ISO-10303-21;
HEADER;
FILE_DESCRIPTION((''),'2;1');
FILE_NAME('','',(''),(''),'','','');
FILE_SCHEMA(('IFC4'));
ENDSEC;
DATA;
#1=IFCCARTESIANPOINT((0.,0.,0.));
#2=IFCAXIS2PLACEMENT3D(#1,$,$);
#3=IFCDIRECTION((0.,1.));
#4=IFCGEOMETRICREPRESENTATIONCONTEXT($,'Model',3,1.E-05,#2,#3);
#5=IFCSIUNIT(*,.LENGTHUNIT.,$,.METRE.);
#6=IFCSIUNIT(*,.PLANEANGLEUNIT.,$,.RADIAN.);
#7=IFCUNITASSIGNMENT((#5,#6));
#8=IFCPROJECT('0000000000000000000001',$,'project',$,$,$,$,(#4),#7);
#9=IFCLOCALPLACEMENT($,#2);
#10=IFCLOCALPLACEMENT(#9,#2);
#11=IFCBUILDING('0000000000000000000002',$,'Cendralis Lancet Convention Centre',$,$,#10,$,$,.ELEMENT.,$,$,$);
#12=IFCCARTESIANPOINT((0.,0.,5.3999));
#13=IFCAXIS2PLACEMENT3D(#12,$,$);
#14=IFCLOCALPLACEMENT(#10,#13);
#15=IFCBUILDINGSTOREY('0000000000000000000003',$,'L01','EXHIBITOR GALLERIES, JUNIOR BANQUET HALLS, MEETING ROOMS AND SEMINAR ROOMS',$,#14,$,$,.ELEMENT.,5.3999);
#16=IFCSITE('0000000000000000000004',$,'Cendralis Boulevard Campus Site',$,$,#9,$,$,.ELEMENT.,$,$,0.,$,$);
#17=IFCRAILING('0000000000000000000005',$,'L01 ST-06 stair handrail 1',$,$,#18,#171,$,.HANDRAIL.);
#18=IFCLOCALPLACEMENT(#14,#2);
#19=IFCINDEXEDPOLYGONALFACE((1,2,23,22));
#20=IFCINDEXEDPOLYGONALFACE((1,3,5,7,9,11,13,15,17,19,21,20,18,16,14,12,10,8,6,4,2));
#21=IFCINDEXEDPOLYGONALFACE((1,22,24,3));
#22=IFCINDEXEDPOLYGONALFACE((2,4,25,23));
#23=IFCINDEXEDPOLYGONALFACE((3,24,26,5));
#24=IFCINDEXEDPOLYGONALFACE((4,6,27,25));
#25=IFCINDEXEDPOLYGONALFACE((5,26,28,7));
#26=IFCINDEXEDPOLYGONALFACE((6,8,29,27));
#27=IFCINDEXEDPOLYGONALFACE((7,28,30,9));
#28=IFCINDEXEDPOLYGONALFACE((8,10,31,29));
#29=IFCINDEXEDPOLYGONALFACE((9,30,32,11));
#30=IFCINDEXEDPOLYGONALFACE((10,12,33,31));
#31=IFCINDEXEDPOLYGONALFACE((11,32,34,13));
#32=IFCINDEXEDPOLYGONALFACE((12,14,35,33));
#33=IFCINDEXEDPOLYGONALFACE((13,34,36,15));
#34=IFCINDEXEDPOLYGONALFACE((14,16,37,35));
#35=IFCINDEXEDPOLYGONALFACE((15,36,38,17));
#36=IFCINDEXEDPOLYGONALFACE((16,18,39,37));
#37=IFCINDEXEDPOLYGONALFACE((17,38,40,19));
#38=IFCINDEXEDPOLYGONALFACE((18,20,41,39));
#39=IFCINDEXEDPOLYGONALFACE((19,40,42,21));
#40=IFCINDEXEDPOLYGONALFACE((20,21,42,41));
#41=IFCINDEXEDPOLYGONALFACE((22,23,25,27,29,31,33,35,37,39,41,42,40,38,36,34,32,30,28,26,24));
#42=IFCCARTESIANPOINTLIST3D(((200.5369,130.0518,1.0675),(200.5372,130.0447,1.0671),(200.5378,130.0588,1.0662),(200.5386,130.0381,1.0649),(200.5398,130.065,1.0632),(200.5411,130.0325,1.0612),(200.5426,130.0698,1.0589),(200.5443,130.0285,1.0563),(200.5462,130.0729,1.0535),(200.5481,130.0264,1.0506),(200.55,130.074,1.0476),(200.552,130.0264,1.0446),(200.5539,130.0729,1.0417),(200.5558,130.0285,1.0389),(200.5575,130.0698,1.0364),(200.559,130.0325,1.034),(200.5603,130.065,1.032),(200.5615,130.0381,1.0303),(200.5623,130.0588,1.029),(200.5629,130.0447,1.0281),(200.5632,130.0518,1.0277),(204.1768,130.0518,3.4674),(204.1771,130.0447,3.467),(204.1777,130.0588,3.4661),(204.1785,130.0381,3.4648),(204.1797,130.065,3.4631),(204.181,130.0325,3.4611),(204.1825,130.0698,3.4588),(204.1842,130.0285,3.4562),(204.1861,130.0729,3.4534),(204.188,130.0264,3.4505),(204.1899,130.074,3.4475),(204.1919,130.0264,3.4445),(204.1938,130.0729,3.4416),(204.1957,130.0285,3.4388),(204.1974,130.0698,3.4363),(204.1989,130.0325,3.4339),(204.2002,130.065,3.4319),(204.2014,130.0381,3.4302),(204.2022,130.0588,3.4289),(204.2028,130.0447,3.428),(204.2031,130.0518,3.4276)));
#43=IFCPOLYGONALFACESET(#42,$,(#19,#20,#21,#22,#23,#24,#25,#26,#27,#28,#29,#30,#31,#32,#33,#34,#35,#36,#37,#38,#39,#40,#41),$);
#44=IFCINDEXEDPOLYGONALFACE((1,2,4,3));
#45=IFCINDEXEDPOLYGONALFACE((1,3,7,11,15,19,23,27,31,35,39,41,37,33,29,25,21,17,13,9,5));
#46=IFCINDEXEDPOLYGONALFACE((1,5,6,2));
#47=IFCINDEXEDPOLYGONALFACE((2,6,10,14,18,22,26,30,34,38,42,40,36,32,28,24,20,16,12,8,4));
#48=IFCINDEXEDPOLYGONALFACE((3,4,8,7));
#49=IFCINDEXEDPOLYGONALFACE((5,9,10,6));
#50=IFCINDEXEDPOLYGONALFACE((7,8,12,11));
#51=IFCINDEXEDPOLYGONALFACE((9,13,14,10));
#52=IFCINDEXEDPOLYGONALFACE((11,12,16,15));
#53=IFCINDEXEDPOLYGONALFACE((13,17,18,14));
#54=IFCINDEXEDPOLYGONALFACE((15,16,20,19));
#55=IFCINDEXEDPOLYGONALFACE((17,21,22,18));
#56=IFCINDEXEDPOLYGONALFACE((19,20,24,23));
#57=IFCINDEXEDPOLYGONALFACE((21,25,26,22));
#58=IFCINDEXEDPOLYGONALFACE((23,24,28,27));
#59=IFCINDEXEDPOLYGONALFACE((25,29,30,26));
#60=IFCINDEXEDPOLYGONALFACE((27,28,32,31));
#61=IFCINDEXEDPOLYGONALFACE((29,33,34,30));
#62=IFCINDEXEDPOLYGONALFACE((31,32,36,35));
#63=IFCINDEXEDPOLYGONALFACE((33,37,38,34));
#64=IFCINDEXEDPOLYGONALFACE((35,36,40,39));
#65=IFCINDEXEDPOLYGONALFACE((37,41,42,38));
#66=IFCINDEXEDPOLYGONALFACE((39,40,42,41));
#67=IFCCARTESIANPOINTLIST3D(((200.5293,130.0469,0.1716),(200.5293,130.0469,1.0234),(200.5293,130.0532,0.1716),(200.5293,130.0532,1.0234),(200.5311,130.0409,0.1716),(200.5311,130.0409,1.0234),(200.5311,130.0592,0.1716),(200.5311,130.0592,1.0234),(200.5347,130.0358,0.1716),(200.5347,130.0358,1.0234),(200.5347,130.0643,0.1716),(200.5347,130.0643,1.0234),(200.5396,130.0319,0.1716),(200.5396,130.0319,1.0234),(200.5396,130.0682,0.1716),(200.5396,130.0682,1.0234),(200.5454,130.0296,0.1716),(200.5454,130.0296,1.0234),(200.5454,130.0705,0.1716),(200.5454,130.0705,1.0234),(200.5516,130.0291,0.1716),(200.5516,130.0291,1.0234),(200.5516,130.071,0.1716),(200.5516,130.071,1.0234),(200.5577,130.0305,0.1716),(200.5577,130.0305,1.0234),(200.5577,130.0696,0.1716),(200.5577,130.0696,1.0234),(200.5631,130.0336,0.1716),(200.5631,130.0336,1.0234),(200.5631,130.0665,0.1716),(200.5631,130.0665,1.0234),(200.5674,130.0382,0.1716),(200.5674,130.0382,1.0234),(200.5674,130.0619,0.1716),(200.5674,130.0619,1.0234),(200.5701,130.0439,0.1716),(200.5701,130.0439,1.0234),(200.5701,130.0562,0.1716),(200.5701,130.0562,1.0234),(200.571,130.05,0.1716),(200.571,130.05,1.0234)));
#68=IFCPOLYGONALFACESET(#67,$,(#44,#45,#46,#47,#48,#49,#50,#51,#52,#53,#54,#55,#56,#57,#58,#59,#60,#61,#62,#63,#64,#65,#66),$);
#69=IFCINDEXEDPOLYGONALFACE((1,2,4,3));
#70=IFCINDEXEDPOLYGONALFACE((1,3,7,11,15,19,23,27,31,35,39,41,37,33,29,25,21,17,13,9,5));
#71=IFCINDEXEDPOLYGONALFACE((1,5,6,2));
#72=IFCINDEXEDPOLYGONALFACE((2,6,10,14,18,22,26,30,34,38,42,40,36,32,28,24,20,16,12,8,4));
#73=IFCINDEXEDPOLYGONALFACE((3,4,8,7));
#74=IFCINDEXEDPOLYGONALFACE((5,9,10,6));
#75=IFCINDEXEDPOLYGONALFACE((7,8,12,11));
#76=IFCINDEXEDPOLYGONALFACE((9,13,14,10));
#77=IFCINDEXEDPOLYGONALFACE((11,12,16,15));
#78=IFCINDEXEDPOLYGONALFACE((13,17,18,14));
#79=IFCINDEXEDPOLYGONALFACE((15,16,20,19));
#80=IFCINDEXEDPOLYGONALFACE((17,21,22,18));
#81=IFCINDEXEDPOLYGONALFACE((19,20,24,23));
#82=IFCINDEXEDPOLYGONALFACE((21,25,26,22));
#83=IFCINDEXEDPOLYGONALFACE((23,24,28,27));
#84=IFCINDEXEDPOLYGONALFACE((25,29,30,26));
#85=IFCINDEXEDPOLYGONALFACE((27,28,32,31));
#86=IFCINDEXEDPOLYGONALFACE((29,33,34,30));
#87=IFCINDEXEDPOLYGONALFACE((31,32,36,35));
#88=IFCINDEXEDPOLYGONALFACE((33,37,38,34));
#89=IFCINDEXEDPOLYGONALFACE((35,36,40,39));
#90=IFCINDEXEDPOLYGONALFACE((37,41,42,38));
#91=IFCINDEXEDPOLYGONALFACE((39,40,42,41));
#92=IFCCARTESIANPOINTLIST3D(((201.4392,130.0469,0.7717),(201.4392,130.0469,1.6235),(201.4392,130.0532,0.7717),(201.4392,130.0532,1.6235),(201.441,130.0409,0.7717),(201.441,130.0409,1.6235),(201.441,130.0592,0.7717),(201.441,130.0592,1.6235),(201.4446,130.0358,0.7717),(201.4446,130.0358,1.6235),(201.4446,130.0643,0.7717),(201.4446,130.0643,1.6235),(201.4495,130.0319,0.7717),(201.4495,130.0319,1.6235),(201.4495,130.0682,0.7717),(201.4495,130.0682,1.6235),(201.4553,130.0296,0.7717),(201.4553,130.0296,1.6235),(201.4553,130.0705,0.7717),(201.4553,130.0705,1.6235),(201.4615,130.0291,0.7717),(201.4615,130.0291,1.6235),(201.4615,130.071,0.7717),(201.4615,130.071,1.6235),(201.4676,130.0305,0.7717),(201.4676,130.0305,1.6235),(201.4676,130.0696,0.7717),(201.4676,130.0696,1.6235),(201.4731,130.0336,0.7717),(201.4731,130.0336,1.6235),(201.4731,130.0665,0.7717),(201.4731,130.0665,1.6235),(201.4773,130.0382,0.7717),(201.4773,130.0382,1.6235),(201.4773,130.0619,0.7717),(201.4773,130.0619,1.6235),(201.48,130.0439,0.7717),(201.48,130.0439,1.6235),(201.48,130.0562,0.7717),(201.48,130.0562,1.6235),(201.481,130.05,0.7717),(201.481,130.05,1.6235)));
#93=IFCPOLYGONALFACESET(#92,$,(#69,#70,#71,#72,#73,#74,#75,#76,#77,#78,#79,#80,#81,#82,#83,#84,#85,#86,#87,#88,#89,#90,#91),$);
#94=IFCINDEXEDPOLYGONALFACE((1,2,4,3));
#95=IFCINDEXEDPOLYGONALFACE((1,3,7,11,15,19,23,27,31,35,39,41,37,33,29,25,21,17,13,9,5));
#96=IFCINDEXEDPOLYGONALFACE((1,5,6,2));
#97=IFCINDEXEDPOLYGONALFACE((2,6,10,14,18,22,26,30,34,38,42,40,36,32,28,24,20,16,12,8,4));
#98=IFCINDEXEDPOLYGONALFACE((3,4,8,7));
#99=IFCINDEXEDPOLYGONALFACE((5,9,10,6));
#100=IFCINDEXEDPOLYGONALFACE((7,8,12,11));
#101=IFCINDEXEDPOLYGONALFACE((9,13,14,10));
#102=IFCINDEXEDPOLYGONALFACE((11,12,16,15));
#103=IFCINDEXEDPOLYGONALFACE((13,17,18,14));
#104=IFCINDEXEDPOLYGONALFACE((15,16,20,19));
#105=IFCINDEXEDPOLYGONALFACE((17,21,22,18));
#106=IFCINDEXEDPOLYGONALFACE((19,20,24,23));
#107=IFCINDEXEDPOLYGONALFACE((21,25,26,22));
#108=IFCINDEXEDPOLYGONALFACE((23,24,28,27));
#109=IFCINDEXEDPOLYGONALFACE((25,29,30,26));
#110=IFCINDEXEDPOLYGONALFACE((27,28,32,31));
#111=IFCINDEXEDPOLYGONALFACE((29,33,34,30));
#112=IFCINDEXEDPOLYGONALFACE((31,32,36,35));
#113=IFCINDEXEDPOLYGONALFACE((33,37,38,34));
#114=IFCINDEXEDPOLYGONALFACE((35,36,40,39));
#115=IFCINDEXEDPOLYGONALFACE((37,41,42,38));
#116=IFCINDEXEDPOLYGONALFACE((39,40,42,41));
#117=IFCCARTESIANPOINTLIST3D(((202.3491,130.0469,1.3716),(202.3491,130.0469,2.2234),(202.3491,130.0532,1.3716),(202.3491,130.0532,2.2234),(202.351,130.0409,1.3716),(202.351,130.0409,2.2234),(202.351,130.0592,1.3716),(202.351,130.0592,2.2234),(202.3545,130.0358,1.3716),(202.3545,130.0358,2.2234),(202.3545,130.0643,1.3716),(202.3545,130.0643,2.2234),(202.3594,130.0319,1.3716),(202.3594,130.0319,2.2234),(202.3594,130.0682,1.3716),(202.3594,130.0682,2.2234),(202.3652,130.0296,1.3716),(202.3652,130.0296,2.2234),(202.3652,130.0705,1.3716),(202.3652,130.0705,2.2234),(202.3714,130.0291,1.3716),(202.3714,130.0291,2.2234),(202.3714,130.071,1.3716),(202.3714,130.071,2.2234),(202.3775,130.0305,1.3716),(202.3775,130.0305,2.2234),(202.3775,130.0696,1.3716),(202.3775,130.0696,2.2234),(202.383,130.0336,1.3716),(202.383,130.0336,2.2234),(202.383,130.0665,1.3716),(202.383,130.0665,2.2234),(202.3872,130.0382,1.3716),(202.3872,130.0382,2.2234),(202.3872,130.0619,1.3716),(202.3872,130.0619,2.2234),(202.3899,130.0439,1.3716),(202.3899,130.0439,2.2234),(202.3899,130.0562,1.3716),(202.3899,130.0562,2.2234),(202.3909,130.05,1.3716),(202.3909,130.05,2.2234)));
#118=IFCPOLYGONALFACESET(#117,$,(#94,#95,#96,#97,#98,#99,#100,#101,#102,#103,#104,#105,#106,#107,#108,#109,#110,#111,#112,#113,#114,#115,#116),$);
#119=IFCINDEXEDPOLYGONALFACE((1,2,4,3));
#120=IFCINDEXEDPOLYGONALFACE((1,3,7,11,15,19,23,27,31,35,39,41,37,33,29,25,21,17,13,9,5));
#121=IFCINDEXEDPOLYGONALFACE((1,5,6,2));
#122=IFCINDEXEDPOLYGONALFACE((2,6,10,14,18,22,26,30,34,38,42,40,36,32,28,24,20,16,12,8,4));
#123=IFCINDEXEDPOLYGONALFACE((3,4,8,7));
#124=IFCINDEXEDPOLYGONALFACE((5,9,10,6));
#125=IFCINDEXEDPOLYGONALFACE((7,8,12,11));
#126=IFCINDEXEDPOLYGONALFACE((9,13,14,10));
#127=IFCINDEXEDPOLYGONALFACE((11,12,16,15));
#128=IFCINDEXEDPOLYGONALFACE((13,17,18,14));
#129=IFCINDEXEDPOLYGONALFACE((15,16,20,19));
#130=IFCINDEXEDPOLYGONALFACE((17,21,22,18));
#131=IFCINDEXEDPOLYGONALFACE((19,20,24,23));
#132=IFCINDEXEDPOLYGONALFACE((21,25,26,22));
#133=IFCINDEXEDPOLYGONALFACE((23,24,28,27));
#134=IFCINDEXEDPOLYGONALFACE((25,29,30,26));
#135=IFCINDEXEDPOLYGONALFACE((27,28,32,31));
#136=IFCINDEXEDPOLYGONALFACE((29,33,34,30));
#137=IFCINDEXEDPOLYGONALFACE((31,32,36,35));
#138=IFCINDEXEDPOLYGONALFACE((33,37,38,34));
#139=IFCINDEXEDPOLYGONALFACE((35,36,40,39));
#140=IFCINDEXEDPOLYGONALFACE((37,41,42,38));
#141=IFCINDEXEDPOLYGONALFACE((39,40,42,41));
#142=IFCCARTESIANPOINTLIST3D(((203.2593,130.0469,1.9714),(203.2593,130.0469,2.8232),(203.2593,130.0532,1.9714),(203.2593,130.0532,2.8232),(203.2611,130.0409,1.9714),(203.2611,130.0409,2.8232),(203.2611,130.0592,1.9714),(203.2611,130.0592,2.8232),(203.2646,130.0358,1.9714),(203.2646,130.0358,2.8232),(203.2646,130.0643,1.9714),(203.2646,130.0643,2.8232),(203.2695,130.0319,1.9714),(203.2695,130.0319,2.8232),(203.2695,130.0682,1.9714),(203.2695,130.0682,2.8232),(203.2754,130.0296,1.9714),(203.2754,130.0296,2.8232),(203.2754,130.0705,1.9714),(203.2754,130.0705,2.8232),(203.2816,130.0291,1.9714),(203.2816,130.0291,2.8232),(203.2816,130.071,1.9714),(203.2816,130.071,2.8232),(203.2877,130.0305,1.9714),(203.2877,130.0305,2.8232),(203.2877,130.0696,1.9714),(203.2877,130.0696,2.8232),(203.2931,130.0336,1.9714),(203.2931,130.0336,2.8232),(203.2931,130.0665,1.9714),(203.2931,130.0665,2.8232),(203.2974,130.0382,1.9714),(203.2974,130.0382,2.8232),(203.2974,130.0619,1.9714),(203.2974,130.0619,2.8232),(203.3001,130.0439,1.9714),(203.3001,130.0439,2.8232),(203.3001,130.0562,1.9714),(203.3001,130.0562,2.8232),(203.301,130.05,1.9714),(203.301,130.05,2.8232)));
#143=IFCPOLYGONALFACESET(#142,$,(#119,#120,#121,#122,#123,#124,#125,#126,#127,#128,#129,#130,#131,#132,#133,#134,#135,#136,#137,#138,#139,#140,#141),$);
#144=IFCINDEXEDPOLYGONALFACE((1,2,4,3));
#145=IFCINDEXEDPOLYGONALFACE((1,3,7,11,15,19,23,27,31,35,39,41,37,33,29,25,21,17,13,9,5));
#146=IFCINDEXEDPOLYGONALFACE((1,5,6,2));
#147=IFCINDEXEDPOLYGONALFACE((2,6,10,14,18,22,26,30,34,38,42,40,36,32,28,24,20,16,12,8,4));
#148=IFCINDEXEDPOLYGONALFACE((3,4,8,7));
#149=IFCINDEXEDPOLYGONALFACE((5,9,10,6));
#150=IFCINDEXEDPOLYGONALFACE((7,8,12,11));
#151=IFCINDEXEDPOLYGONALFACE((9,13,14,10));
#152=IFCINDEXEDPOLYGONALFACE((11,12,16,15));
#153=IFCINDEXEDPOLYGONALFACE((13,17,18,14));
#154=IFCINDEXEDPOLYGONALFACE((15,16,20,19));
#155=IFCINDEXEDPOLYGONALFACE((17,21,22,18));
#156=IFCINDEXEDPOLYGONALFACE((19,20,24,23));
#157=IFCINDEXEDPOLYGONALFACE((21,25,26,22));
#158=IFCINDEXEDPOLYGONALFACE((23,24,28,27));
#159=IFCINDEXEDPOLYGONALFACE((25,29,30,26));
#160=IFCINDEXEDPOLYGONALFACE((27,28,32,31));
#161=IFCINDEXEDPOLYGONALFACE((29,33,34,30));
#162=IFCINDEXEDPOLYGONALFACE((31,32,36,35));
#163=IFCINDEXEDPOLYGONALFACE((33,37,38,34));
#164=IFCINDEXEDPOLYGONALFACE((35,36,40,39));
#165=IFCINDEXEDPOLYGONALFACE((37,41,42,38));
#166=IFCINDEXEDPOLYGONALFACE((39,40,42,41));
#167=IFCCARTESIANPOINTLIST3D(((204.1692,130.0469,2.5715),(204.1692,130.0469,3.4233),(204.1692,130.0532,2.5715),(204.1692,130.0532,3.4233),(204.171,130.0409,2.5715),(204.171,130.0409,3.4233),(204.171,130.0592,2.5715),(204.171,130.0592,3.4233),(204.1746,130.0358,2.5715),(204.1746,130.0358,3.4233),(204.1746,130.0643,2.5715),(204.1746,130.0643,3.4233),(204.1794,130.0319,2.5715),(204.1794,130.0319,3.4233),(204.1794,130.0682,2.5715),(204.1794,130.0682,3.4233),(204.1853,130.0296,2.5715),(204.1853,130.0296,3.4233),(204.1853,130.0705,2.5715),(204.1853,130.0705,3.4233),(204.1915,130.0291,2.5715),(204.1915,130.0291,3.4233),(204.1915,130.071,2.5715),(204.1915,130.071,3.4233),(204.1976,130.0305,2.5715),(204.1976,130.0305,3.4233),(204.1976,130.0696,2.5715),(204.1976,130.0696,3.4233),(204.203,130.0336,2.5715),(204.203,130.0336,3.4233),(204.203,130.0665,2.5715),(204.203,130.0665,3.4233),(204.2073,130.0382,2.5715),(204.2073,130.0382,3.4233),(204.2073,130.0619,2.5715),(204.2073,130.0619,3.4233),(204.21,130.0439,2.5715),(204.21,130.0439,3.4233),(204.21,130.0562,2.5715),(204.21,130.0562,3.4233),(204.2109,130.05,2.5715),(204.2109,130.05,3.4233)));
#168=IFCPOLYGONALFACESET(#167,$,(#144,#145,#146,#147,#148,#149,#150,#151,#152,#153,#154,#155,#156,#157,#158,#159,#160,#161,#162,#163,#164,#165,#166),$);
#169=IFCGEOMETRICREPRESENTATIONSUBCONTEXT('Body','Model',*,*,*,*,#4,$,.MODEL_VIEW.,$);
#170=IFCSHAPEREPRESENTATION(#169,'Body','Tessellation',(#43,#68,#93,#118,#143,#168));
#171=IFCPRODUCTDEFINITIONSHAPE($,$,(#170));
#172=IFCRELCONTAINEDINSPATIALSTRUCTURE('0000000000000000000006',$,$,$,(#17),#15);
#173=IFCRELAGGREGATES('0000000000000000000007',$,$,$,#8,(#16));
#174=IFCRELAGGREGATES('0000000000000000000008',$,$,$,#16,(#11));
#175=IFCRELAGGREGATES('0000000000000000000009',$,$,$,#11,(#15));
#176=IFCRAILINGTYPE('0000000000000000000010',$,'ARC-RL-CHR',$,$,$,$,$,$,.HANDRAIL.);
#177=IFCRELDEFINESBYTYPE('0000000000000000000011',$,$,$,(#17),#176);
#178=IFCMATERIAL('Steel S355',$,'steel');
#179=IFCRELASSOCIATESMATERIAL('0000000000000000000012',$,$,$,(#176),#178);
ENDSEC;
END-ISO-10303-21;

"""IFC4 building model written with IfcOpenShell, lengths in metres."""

from ifc_helpers import new_model, si_unit, direction, frame, origin, origin_2d, place, context, subcontext, project, spatial, circle, extrude, material, type_object, element, save


model = new_model("IFC4")

# Units and contexts
model_context = context("Model", 3, precision=1e-05, world=origin(), true_north=direction((0.0, 1.0)))
body_context = subcontext(model_context, "Body", "Model", "MODEL_VIEW")
ifc_project = project(units=[si_unit("LENGTHUNIT", "METRE"), si_unit("PLANEANGLEUNIT", "RADIAN")], contexts=[model_context])

# Site, building, storey
site_placement = place(None, origin())
site = spatial("IfcSite", under=ifc_project, at=site_placement, Name="Cendralis Boulevard Campus Site", CompositionType="ELEMENT", RefElevation=0.0)
building_placement = place(site_placement, origin())
building = spatial("IfcBuilding", under=site, at=building_placement, Name="Cendralis Lancet Convention Centre", CompositionType="ELEMENT")
storey_placement = place(building_placement, frame((0.0, 0.0, 5.3999)))
storey = spatial("IfcBuildingStorey", under=building, at=storey_placement, Name="L01", Description="EXHIBITOR GALLERIES, JUNIOR BANQUET HALLS, MEETING ROOMS AND SEMINAR ROOMS", CompositionType="ELEMENT", Elevation=5.3999)

# Shared definitions
ifc_material_1 = material(Name="Steel S355", Category="steel")

# Railing
railing_type_1 = type_object("IfcRailingType", Name="ARC-RL-CHR", PredefinedType="HANDRAIL", material=ifc_material_1)
railing_1_placement = place(storey_placement, frame((200.55, 130.05, 0.1716)))
element("IfcRailing", 1, at=railing_1_placement, inside=storey, type_object=railing_type_1, Name="L01 ST-06 stair handrail 1", PredefinedType="HANDRAIL", context=body_context, shape_type="SweptSolid", body=[
    extrude(circle(Radius=0.0239, at=origin_2d()), frame((0.0, 0.0, 0.876), z_axis=(0.834865, 0.0, 0.550454), x_axis=(0.0, 1.0, 0.0)), (0.0, 0.0, 1.0), 4.3599),
    extrude(circle(Radius=0.021, at=origin_2d()), origin(), (0.0, 0.0, 1.0), 0.8518),
    extrude(circle(Radius=0.021, at=origin_2d()), frame((0.9099, 0.0, 0.6001)), (0.0, 0.0, 1.0), 0.8518),
    extrude(circle(Radius=0.021, at=origin_2d()), frame((1.8198, 0.0, 1.2)), (0.0, 0.0, 1.0), 0.8518),
    extrude(circle(Radius=0.021, at=origin_2d()), frame((2.73, 0.0, 1.7998)), (0.0, 0.0, 1.0), 0.8518),
    extrude(circle(Radius=0.021, at=origin_2d()), frame((3.6399, 0.0, 2.3999)), (0.0, 0.0, 1.0), 0.8518),
])

save(model, "model.ifc")
